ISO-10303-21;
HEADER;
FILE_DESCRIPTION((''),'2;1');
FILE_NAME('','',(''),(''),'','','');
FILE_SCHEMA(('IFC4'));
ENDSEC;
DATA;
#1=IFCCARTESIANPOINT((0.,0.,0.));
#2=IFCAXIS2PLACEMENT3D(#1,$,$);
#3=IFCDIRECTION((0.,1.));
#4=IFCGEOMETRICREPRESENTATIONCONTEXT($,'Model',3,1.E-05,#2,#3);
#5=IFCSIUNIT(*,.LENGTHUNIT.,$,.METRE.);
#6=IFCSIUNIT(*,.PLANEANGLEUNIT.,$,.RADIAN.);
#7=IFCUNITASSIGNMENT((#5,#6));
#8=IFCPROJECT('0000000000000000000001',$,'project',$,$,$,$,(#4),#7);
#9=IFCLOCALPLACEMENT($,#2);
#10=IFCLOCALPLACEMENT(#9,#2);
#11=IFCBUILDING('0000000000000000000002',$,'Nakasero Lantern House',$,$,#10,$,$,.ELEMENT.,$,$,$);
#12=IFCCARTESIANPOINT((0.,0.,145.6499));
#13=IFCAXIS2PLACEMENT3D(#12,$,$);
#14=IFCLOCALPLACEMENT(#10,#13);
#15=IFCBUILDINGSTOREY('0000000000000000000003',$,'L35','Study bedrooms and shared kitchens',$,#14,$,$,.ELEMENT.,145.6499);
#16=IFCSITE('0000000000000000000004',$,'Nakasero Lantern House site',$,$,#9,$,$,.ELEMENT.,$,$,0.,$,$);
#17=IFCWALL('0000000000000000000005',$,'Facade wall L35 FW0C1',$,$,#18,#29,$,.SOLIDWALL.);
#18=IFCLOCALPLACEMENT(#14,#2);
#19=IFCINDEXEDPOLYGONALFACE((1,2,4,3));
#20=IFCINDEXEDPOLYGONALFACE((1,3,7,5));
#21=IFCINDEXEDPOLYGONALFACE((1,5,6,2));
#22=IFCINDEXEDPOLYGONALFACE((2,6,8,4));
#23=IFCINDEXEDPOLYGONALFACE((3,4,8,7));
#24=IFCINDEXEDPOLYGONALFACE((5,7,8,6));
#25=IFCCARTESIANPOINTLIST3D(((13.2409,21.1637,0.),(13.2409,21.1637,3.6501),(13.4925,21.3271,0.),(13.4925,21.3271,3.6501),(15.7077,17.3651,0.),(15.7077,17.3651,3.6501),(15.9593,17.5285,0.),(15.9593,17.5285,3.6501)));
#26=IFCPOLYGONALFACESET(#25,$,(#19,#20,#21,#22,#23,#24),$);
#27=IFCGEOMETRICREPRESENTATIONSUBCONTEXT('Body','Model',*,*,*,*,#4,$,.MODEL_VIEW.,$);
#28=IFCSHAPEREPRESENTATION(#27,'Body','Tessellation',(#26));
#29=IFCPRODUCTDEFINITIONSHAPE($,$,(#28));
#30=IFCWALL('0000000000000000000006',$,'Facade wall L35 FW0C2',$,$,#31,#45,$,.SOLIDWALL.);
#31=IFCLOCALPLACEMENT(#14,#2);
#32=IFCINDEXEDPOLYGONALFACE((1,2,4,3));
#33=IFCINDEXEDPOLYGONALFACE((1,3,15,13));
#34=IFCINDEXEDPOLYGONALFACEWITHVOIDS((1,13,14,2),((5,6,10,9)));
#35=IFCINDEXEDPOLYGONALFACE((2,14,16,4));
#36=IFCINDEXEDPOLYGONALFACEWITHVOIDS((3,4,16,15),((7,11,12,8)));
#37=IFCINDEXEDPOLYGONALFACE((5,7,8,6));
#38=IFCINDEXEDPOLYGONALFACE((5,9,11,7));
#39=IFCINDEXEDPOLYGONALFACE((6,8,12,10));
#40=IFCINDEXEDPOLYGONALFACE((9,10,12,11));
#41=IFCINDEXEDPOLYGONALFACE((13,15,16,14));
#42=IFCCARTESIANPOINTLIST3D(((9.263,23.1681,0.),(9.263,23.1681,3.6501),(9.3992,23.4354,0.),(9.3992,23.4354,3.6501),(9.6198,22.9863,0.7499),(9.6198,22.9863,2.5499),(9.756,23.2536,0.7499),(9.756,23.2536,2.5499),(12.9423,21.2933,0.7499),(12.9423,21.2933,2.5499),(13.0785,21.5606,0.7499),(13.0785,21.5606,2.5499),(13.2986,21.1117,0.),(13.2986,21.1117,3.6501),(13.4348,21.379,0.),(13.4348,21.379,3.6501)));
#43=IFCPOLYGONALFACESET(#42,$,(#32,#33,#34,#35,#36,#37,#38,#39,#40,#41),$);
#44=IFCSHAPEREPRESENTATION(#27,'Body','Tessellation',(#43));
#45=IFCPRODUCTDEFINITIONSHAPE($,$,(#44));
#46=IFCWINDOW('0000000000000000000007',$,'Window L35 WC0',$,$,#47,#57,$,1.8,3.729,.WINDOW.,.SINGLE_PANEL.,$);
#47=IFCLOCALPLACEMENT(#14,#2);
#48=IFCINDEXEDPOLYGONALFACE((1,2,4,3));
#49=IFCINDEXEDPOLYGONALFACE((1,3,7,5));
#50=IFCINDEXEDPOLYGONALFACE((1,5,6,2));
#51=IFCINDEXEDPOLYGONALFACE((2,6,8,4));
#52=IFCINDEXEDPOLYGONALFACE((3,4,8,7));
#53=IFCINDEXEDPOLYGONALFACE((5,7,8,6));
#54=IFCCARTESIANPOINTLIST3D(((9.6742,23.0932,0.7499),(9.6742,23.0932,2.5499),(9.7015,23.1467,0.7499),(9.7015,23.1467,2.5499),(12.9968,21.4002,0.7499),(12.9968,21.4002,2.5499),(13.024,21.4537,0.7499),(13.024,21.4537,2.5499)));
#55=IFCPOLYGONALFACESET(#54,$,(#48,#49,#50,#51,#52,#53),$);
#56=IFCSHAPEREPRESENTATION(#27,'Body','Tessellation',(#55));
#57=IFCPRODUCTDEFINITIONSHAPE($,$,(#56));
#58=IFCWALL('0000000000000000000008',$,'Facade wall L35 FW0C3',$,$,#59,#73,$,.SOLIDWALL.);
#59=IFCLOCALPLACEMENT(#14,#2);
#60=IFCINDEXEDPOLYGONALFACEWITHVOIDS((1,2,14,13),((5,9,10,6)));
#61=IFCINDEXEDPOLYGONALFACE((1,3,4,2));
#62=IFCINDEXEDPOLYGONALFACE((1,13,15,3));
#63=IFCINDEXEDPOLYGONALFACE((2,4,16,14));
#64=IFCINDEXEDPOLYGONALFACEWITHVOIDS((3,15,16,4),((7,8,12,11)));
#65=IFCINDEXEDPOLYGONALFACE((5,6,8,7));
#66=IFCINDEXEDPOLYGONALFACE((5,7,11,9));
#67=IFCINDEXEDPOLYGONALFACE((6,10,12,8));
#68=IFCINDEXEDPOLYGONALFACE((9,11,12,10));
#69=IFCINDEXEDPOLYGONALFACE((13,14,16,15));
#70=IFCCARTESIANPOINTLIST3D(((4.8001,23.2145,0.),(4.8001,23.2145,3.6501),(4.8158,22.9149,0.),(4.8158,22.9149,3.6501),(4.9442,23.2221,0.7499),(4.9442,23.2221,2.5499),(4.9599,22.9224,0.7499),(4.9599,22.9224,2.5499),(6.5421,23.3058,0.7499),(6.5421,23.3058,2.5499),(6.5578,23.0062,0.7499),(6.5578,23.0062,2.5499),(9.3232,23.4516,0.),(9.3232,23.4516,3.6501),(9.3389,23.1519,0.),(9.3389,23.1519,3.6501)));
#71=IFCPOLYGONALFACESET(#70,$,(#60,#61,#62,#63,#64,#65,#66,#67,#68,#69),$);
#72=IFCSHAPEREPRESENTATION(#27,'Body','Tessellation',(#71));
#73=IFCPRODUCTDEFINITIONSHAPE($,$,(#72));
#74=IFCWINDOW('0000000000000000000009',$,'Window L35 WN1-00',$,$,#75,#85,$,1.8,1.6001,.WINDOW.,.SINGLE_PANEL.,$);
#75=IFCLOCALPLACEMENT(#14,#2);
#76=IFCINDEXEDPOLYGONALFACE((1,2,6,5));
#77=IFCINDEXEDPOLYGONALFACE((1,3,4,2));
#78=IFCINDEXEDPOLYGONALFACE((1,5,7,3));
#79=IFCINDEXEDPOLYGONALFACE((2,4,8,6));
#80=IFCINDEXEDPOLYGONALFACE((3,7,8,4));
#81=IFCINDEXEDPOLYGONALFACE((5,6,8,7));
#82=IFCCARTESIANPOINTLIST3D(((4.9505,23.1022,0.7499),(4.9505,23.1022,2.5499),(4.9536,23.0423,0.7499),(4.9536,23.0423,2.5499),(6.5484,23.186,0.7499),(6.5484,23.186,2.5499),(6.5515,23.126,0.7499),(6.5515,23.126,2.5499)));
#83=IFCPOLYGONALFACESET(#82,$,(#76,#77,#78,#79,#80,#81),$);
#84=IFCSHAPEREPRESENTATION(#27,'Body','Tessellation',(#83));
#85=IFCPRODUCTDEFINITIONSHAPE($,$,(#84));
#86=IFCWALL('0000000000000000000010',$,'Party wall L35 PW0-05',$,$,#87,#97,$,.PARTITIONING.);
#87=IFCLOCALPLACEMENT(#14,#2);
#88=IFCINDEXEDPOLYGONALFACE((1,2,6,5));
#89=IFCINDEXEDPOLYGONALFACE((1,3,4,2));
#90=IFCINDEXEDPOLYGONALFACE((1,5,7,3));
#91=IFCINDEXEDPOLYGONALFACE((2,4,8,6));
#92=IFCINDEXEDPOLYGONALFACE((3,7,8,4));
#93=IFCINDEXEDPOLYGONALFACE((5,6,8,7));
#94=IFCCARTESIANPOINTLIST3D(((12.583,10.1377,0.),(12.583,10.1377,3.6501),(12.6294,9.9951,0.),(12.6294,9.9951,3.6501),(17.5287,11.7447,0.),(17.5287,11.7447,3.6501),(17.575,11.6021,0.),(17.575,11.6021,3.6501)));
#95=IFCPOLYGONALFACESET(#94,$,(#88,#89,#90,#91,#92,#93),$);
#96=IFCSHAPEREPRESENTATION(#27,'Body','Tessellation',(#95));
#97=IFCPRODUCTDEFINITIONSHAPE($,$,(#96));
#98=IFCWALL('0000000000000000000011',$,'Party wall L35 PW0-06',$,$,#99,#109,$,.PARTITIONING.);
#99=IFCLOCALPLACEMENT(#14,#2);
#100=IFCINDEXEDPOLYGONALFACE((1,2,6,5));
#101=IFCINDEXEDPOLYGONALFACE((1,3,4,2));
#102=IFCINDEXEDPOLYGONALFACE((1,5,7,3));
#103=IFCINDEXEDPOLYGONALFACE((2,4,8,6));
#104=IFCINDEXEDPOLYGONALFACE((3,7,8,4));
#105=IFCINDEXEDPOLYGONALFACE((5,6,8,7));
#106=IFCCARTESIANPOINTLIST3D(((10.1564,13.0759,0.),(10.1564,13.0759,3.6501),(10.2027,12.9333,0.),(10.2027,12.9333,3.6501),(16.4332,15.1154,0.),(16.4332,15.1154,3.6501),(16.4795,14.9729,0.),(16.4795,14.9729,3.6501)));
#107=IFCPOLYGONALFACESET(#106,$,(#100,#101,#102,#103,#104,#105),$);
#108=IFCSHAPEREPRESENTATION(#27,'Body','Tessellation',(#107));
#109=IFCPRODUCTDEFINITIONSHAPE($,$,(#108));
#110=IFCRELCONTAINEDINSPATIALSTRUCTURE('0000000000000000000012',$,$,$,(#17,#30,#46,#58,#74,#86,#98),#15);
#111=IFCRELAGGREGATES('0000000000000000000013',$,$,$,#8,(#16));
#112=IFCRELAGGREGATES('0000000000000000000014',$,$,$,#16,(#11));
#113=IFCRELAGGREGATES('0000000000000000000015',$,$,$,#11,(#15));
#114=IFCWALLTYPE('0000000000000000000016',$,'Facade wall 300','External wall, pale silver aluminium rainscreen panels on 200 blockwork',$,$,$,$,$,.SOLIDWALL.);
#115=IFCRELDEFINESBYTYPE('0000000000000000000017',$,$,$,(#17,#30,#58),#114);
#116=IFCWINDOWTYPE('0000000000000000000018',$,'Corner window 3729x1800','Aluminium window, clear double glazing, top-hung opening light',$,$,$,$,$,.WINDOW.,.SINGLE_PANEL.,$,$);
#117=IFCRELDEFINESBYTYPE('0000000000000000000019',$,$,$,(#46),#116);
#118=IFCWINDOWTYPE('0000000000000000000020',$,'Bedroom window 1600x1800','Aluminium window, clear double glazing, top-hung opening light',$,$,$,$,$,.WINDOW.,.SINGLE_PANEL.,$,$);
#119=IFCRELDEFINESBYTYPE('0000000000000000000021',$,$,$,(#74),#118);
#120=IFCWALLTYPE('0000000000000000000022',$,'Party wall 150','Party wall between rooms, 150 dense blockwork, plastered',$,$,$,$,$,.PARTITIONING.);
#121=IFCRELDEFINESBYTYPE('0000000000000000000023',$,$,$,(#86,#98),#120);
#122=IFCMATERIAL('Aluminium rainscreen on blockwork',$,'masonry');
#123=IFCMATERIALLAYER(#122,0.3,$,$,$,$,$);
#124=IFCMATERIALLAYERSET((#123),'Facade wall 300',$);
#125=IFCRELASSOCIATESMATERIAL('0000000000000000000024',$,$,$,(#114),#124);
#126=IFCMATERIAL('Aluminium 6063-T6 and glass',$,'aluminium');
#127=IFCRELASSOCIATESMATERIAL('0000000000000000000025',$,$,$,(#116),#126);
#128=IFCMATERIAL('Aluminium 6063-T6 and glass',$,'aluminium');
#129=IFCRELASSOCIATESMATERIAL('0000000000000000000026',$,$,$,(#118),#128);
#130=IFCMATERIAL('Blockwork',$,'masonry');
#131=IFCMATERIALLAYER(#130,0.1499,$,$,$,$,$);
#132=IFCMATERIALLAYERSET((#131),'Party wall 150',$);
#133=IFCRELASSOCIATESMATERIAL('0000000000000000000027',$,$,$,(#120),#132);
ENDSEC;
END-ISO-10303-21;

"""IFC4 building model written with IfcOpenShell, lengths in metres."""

from ifc_helpers import new_model, si_unit, direction, frame, frame_2d, origin, place, context, subcontext, project, spatial, rectangle, extrude, material, layer, layer_set, type_object, element, fill, save


model = new_model("IFC4")

# Units and contexts
model_context = context("Model", 3, precision=1e-05, world=origin(), true_north=direction((0.0, 1.0)))
body_context = subcontext(model_context, "Body", "Model", "MODEL_VIEW")
ifc_project = project(units=[si_unit("LENGTHUNIT", "METRE"), si_unit("PLANEANGLEUNIT", "RADIAN")], contexts=[model_context])

# Site, building, storey
site_placement = place(None, origin())
site = spatial("IfcSite", under=ifc_project, at=site_placement, Name="Nakasero Lantern House site", CompositionType="ELEMENT", RefElevation=0.0)
building_placement = place(site_placement, origin())
building = spatial("IfcBuilding", under=site, at=building_placement, Name="Nakasero Lantern House", CompositionType="ELEMENT")
storey_placement = place(building_placement, frame((0.0, 0.0, 145.6499)))
storey = spatial("IfcBuildingStorey", under=building, at=storey_placement, Name="L35", Description="Study bedrooms and shared kitchens", CompositionType="ELEMENT", Elevation=145.6499)

# Wall
ifc_material_1 = material(Name="Aluminium rainscreen on blockwork", Category="masonry")
ifc_layer_1 = layer(ifc_material_1, 0.3)
ifc_layer_set_1 = layer_set([ifc_layer_1], Name="Facade wall 300")
wall_type_1 = type_object("IfcWallType", Name="Facade wall 300", Description="External wall, pale silver aluminium rainscreen panels on 200 blockwork", PredefinedType="SOLIDWALL", material=ifc_layer_set_1)
wall_1_placement = place(storey_placement, frame((15.8335, 17.4468, 0.0), z_axis=(0.0, 0.0, 1.0), x_axis=(-0.544634, 0.838674, 0.0)))
element("IfcWall", 1, at=wall_1_placement, inside=storey, type_object=wall_type_1, Name="Facade wall L35 FW0C1", PredefinedType="SOLIDWALL", context=body_context, shape_type="SweptSolid", body=[
    extrude(rectangle(XDim=4.5293, YDim=0.3, at=frame_2d((2.2646, 0.0))), origin(), (0.0, 0.0, 1.0), 3.6501),
])

# Walls, openings, windows
wall_2_placement = place(storey_placement, frame((13.3667, 21.2454, 0.0), z_axis=(0.0, 0.0, 1.0), x_axis=(-0.890995, 0.454014, 0.0)))
wall_2 = element("IfcWall", 2, at=wall_2_placement, inside=storey, type_object=wall_type_1, Name="Facade wall L35 FW0C2", PredefinedType="SOLIDWALL", context=body_context, shape_type="SweptSolid", body=[
    extrude(rectangle(XDim=4.5293, YDim=0.3, at=frame_2d((2.2646, 0.0))), origin(), (0.0, 0.0, 1.0), 3.6501),
])
opening_1_placement = place(wall_2_placement, frame((0.3999, 0.0, 0.75)))
opening_1 = element("IfcOpeningElement", 3, at=opening_1_placement, cuts=wall_2, PredefinedType="OPENING", context=body_context, shape_type="SweptSolid", body=[
    extrude(rectangle(XDim=3.729, YDim=1.8, at=frame_2d((1.8645, 0.8999))), frame((0.0, 0.1699, 0.0), z_axis=(0.0, -1.0, 0.0), x_axis=(1.0, 0.0, 0.0)), (0.0, 0.0, 1.0), 0.3401),
])
ifc_material_2 = material(Name="Aluminium 6063-T6 and glass", Category="aluminium")
window_type_1 = type_object("IfcWindowType", Name="Corner window 3729x1800", Description="Aluminium window, clear double glazing, top-hung opening light", PartitioningType="SINGLE_PANEL", PredefinedType="WINDOW", material=ifc_material_2)
window_1_placement = place(opening_1_placement, origin())
window_1 = element("IfcWindow", 4, at=window_1_placement, inside=storey, type_object=window_type_1, Name="Window L35 WC0", OverallHeight=1.8, OverallWidth=3.729, PartitioningType="SINGLE_PANEL", PredefinedType="WINDOW", context=body_context, shape_type="SweptSolid", body=[
    extrude(rectangle(XDim=3.729, YDim=1.8, at=frame_2d((1.8645, 0.8999))), frame((0.0, 0.03, 0.0), z_axis=(0.0, -1.0, 0.0), x_axis=(1.0, 0.0, 0.0)), (0.0, 0.0, 1.0), 0.0601),
])
fill(opening_1, window_1)
wall_3_placement = place(storey_placement, frame((9.3311, 23.3018, 0.0), z_axis=(0.0, 0.0, 1.0), x_axis=(-0.998629, -0.052338, 0.0)))
wall_3 = element("IfcWall", 5, at=wall_3_placement, inside=storey, type_object=wall_type_1, Name="Facade wall L35 FW0C3", PredefinedType="SOLIDWALL", context=body_context, shape_type="SweptSolid", body=[
    extrude(rectangle(XDim=4.5293, YDim=0.3, at=frame_2d((2.2646, 0.0))), origin(), (0.0, 0.0, 1.0), 3.6501),
])
opening_2_placement = place(wall_3_placement, frame((2.7849, 0.0, 0.75)))
opening_2 = element("IfcOpeningElement", 6, at=opening_2_placement, cuts=wall_3, PredefinedType="OPENING", context=body_context, shape_type="SweptSolid", body=[
    extrude(rectangle(XDim=1.6001, YDim=1.8, at=frame_2d((0.8, 0.8999))), frame((0.0, 0.1699, 0.0), z_axis=(0.0, -1.0, 0.0), x_axis=(1.0, 0.0, 0.0)), (0.0, 0.0, 1.0), 0.3401),
])
ifc_material_3 = material(Name="Aluminium 6063-T6 and glass", Category="aluminium")
window_type_2 = type_object("IfcWindowType", Name="Bedroom window 1600x1800", Description="Aluminium window, clear double glazing, top-hung opening light", PartitioningType="SINGLE_PANEL", PredefinedType="WINDOW", material=ifc_material_3)
window_2_placement = place(opening_2_placement, origin())
window_2 = element("IfcWindow", 7, at=window_2_placement, inside=storey, type_object=window_type_2, Name="Window L35 WN1-00", OverallHeight=1.8, OverallWidth=1.6001, PartitioningType="SINGLE_PANEL", PredefinedType="WINDOW", context=body_context, shape_type="SweptSolid", body=[
    extrude(rectangle(XDim=1.6001, YDim=1.8, at=frame_2d((0.8, 0.8999))), frame((0.0, 0.03, 0.0), z_axis=(0.0, -1.0, 0.0), x_axis=(1.0, 0.0, 0.0)), (0.0, 0.0, 1.0), 0.0601),
])
fill(opening_2, window_2)

# Walls
ifc_material_4 = material(Name="Blockwork", Category="masonry")
ifc_layer_2 = layer(ifc_material_4, 0.1499)
ifc_layer_set_2 = layer_set([ifc_layer_2], Name="Party wall 150")
wall_type_2 = type_object("IfcWallType", Name="Party wall 150", Description="Party wall between rooms, 150 dense blockwork, plastered", PredefinedType="PARTITIONING", material=ifc_layer_set_2)
wall_4_placement = place(storey_placement, frame((12.6062, 10.0664, 0.0), z_axis=(0.0, 0.0, 1.0), x_axis=(0.951055, 0.309021, 0.0)))
element("IfcWall", 8, at=wall_4_placement, inside=storey, type_object=wall_type_2, Name="Party wall L35 PW0-05", PredefinedType="PARTITIONING", context=body_context, shape_type="SweptSolid", body=[
    extrude(rectangle(XDim=5.2002, YDim=0.1499, at=frame_2d((2.6001, 0.0))), origin(), (0.0, 0.0, 1.0), 3.6501),
])
wall_5_placement = place(storey_placement, frame((10.1797, 13.0046, 0.0), z_axis=(0.0, 0.0, 1.0), x_axis=(0.951053, 0.309028, 0.0)))
element("IfcWall", 9, at=wall_5_placement, inside=storey, type_object=wall_type_2, Name="Party wall L35 PW0-06", PredefinedType="PARTITIONING", context=body_context, shape_type="SweptSolid", body=[
    extrude(rectangle(XDim=6.5999, YDim=0.1499, at=frame_2d((3.2998, 0.0))), origin(), (0.0, 0.0, 1.0), 3.6501),
])

save(model, "model.ifc")
